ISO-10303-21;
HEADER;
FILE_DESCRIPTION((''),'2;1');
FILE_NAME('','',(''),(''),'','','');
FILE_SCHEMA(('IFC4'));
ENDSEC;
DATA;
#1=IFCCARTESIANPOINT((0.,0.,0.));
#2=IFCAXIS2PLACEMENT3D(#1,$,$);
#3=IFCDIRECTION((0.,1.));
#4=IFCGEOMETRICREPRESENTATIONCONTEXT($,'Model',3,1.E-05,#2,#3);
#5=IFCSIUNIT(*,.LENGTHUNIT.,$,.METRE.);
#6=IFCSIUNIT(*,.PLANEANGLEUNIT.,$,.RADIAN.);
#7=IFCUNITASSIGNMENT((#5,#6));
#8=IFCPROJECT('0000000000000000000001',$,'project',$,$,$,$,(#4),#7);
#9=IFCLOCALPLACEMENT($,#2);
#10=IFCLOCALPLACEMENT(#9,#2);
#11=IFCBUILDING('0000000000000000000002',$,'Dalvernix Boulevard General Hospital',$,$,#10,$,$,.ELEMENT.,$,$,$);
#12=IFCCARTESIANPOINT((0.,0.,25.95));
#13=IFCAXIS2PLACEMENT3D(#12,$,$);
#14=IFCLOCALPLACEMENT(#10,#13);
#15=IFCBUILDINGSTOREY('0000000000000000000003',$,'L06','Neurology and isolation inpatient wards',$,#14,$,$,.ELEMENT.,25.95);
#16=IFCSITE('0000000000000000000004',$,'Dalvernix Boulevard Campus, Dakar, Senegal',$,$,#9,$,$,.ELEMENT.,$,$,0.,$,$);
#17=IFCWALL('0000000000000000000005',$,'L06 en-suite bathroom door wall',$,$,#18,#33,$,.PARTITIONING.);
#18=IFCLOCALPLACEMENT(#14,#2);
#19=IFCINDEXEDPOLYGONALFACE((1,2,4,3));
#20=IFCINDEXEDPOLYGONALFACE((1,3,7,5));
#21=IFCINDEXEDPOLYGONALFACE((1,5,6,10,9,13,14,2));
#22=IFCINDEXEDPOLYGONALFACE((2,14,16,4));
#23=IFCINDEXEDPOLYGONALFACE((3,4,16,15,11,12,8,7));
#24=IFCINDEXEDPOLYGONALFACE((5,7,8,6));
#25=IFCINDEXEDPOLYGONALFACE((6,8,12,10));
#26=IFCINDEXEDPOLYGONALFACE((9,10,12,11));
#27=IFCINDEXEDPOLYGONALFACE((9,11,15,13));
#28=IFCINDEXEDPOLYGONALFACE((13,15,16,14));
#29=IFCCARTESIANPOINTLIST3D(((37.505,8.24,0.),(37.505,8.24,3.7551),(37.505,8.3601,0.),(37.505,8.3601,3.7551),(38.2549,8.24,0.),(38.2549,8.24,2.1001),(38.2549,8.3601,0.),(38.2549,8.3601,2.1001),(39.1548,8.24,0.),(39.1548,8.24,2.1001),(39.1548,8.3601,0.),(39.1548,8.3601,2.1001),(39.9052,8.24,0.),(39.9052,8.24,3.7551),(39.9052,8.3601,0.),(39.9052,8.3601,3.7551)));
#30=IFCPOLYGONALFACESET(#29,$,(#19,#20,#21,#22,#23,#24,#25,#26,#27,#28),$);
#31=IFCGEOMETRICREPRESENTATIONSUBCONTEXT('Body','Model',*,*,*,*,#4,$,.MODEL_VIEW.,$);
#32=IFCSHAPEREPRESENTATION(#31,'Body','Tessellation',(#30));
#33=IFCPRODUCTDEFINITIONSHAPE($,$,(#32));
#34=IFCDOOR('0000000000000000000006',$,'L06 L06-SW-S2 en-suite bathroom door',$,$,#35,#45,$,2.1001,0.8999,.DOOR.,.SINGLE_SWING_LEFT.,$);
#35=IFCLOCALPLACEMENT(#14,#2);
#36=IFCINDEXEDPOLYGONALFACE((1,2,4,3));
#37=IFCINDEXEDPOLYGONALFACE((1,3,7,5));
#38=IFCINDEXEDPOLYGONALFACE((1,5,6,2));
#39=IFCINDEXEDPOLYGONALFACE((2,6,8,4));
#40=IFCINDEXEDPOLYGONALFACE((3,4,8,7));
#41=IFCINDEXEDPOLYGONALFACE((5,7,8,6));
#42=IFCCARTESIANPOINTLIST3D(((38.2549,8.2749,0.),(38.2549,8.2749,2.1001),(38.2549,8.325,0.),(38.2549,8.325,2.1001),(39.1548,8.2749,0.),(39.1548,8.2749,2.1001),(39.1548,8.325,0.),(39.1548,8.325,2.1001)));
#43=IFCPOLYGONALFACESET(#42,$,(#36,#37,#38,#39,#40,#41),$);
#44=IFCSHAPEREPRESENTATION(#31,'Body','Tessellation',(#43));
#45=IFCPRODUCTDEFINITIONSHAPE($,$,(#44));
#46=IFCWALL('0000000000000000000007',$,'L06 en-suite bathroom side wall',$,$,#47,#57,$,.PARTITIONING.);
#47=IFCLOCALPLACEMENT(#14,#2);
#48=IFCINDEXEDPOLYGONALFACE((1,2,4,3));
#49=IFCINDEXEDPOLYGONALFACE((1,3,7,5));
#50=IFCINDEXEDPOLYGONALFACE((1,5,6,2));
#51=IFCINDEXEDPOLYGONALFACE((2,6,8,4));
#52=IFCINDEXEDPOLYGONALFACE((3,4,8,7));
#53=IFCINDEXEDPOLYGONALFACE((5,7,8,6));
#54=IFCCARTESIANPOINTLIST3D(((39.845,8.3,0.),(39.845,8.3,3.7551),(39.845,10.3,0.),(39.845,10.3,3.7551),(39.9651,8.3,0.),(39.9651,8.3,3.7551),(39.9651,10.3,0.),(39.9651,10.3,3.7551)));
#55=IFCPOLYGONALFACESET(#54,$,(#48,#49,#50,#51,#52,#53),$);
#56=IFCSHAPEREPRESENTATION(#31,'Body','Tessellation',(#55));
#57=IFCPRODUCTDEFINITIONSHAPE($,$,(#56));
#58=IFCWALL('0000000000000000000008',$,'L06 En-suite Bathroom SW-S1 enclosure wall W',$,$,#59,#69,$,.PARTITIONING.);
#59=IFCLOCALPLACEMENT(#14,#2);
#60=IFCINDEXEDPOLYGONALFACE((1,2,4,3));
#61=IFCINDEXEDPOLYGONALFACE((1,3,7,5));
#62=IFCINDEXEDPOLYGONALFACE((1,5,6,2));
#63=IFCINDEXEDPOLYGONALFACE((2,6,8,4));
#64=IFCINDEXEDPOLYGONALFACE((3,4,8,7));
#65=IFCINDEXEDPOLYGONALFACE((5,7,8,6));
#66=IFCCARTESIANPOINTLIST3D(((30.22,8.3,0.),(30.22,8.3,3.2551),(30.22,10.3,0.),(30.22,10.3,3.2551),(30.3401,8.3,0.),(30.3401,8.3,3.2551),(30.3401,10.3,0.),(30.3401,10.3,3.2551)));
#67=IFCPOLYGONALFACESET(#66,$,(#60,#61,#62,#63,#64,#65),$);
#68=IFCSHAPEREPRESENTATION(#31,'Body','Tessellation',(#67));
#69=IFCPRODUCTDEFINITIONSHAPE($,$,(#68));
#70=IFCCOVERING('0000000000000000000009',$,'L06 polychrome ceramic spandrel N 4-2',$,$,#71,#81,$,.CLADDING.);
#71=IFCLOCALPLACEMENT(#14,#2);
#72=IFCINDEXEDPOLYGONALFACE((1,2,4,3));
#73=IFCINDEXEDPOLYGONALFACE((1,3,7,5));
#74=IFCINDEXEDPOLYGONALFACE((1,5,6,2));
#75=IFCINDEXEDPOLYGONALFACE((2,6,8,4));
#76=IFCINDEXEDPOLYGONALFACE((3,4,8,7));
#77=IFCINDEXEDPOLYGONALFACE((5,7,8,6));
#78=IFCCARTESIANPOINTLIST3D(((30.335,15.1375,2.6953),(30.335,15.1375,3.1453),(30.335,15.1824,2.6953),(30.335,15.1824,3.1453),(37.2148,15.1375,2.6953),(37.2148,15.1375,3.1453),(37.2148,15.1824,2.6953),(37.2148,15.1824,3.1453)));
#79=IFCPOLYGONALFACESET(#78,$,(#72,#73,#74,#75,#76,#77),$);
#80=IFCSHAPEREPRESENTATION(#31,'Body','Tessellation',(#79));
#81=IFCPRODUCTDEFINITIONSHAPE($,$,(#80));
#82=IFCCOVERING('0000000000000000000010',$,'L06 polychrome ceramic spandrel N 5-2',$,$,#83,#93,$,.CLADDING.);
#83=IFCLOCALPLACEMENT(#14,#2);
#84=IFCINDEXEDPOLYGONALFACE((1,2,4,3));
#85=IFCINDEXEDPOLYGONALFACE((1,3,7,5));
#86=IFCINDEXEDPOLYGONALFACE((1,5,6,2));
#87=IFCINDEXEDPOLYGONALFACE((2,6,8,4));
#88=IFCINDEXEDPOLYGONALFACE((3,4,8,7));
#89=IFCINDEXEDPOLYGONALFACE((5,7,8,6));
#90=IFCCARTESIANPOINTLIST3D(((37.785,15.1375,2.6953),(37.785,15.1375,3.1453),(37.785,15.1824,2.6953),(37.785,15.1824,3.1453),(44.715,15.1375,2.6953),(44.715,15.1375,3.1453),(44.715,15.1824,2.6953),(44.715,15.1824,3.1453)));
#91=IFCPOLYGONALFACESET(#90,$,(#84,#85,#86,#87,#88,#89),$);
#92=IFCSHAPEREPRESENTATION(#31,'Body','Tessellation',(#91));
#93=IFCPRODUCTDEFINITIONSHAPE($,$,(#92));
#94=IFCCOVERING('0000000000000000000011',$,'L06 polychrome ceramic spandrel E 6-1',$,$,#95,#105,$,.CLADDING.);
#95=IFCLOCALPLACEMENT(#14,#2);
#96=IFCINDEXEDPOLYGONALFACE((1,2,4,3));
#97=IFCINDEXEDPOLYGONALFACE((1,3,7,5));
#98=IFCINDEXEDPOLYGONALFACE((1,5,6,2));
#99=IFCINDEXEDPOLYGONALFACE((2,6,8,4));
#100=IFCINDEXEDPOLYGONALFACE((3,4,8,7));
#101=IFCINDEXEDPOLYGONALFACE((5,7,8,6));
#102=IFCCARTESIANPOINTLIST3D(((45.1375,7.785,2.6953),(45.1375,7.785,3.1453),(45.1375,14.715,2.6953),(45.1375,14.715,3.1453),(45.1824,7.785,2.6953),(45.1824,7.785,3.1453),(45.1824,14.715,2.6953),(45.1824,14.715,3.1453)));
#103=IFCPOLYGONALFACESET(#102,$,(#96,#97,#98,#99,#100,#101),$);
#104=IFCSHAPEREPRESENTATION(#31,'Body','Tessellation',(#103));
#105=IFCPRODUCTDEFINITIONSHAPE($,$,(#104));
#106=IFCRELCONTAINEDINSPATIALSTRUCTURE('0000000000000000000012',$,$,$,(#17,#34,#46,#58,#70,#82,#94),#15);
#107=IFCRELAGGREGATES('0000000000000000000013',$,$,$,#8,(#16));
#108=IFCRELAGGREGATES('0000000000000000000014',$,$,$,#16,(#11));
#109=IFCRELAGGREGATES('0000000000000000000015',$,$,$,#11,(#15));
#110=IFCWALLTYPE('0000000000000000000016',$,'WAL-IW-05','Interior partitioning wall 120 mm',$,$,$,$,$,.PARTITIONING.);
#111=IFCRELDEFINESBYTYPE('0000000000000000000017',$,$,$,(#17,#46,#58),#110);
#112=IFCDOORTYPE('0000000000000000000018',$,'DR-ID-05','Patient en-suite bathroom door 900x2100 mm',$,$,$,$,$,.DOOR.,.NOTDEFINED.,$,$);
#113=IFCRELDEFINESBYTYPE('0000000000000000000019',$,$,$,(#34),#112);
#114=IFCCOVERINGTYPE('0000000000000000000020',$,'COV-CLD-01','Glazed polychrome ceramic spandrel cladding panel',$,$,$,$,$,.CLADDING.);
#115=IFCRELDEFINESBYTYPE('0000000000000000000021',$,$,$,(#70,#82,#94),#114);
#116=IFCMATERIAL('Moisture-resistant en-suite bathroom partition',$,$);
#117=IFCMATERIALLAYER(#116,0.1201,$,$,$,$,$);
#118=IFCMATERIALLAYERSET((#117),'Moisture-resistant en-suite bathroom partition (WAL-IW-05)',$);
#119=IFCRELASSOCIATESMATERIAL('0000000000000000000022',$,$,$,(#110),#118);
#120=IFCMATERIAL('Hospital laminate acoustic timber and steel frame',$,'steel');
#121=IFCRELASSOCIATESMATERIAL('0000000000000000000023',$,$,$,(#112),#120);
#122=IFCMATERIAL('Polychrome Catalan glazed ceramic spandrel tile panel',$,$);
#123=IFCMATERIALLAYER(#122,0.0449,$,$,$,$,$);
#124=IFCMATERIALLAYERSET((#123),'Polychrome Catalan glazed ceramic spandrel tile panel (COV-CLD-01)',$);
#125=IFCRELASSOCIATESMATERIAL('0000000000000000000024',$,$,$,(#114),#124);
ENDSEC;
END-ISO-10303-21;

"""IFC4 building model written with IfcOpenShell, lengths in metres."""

from ifc_helpers import new_model, si_unit, direction, frame, frame_2d, origin, origin_2d, place, context, subcontext, project, spatial, rectangle, extrude, material, layer, layer_set, type_object, element, fill, save


model = new_model("IFC4")

# Units and contexts
model_context = context("Model", 3, precision=1e-05, world=origin(), true_north=direction((0.0, 1.0)))
body_context = subcontext(model_context, "Body", "Model", "MODEL_VIEW")
ifc_project = project(units=[si_unit("LENGTHUNIT", "METRE"), si_unit("PLANEANGLEUNIT", "RADIAN")], contexts=[model_context])

# Site, building, storey
site_placement = place(None, origin())
site = spatial("IfcSite", under=ifc_project, at=site_placement, Name="Dalvernix Boulevard Campus, Dakar, Senegal", CompositionType="ELEMENT", RefElevation=0.0)
building_placement = place(site_placement, origin())
building = spatial("IfcBuilding", under=site, at=building_placement, Name="Dalvernix Boulevard General Hospital", CompositionType="ELEMENT")
storey_placement = place(building_placement, frame((0.0, 0.0, 25.95)))
storey = spatial("IfcBuildingStorey", under=building, at=storey_placement, Name="L06", Description="Neurology and isolation inpatient wards", CompositionType="ELEMENT", Elevation=25.95)

# Shared definitions
ifc_material_1 = material(Name="Hospital laminate acoustic timber and steel frame", Category="steel")

# Shared definitions
ifc_material_2 = material(Name="Moisture-resistant en-suite bathroom partition")
ifc_layer_1 = layer(ifc_material_2, 0.1201)
ifc_layer_set_1 = layer_set([ifc_layer_1], Name="Moisture-resistant en-suite bathroom partition (WAL-IW-05)")
wall_type_1 = type_object("IfcWallType", Name="WAL-IW-05", Description="Interior partitioning wall 120 mm", PredefinedType="PARTITIONING", material=ifc_layer_set_1)

# Wall, opening, door
wall_1_placement = place(storey_placement, frame((37.5049, 8.3, 0.0), z_axis=(0.0, 0.0, 1.0), x_axis=(1.0, 0.0, 0.0)))
wall_1 = element("IfcWall", 1, at=wall_1_placement, inside=storey, type_object=wall_type_1, Name="L06 en-suite bathroom door wall", PredefinedType="PARTITIONING", context=body_context, shape_type="SweptSolid", body=[
    extrude(rectangle(XDim=2.4001, YDim=0.1201, at=frame_2d((1.2002, 0.0))), origin(), (0.0, 0.0, 1.0), 3.7551),
])
opening_1_placement = place(wall_1_placement, frame((0.75, 0.0, 0.0)))
opening_1 = element("IfcOpeningElement", 2, at=opening_1_placement, cuts=wall_1, PredefinedType="OPENING", context=body_context, shape_type="SweptSolid", body=[
    extrude(rectangle(XDim=0.8999, YDim=2.1001, at=frame_2d((0.45, 1.05))), frame((0.0, 0.0701, 0.0), z_axis=(0.0, -1.0, 0.0), x_axis=(1.0, 0.0, 0.0)), (0.0, 0.0, 1.0), 0.1401),
])
door_type_1 = type_object("IfcDoorType", Name="DR-ID-05", Description="Patient en-suite bathroom door 900x2100 mm", OperationType="NOTDEFINED", PredefinedType="DOOR", material=ifc_material_1)
door_1_placement = place(opening_1_placement, origin())
door_1 = element("IfcDoor", 3, at=door_1_placement, inside=storey, type_object=door_type_1, Name="L06 L06-SW-S2 en-suite bathroom door", OperationType="SINGLE_SWING_LEFT", OverallHeight=2.1001, OverallWidth=0.8999, PredefinedType="DOOR", context=body_context, shape_type="SweptSolid", body=[
    extrude(rectangle(XDim=0.8999, YDim=2.1001, at=frame_2d((0.45, 1.05))), frame((0.0, 0.0249, 0.0), z_axis=(0.0, -1.0, 0.0), x_axis=(1.0, 0.0, 0.0)), (0.0, 0.0, 1.0), 0.05),
])
fill(opening_1, door_1)

# Walls
wall_2_placement = place(storey_placement, frame((39.905, 8.3, 0.0), z_axis=(0.0, 0.0, 1.0), x_axis=(0.0, 1.0, 0.0)))
element("IfcWall", 4, at=wall_2_placement, inside=storey, type_object=wall_type_1, Name="L06 en-suite bathroom side wall", PredefinedType="PARTITIONING", context=body_context, shape_type="SweptSolid", body=[
    extrude(rectangle(XDim=2.0, YDim=0.1201, at=frame_2d((1.0, 0.0))), origin(), (0.0, 0.0, 1.0), 3.7551),
])
wall_3_placement = place(storey_placement, frame((30.28, 8.3, 0.0), z_axis=(0.0, 0.0, 1.0), x_axis=(0.0, 1.0, 0.0)))
element("IfcWall", 5, at=wall_3_placement, inside=storey, type_object=wall_type_1, Name="L06 En-suite Bathroom SW-S1 enclosure wall W", PredefinedType="PARTITIONING", context=body_context, shape_type="SweptSolid", body=[
    extrude(rectangle(XDim=2.0, YDim=0.1201, at=frame_2d((1.0, 0.0))), origin(), (0.0, 0.0, 1.0), 3.2551),
])

# Coverings
ifc_material_3 = material(Name="Polychrome Catalan glazed ceramic spandrel tile panel")
ifc_layer_2 = layer(ifc_material_3, 0.0449)
ifc_layer_set_2 = layer_set([ifc_layer_2], Name="Polychrome Catalan glazed ceramic spandrel tile panel (COV-CLD-01)")
covering_type = type_object("IfcCoveringType", Name="COV-CLD-01", Description="Glazed polychrome ceramic spandrel cladding panel", PredefinedType="CLADDING", material=ifc_layer_set_2)
covering_placement = place(storey_placement, frame((33.7749, 15.1599, 2.6953), z_axis=(0.0, 0.0, 1.0), x_axis=(1.0, 0.0, 0.0)))
element("IfcCovering", 6, at=covering_placement, inside=storey, type_object=covering_type, Name="L06 polychrome ceramic spandrel N 4-2", PredefinedType="CLADDING", context=body_context, shape_type="SweptSolid", body=[
    extrude(rectangle(XDim=6.8799, YDim=0.0449, at=origin_2d()), origin(), (0.0, 0.0, 1.0), 0.45),
])
for number, where, z_axis, x_axis, name in (
    (7, (41.25, 15.1599, 2.6953), (0.0, 0.0, 1.0), (1.0, 0.0, 0.0), "L06 polychrome ceramic spandrel N 5-2"),
    (8, (45.1599, 11.25, 2.6953), (0.0, 0.0, 1.0), (0.0, -1.0, 0.0), "L06 polychrome ceramic spandrel E 6-1"),
):
    element("IfcCovering", number, at=place(storey_placement, frame(where, z_axis=z_axis, x_axis=x_axis)), inside=storey, type_object=covering_type, Name=name, PredefinedType="CLADDING", context=body_context, shape_type="SweptSolid", body=[
        extrude(rectangle(XDim=6.9299, YDim=0.0449, at=origin_2d()), origin(), (0.0, 0.0, 1.0), 0.45),
    ])

save(model, "model.ifc")
